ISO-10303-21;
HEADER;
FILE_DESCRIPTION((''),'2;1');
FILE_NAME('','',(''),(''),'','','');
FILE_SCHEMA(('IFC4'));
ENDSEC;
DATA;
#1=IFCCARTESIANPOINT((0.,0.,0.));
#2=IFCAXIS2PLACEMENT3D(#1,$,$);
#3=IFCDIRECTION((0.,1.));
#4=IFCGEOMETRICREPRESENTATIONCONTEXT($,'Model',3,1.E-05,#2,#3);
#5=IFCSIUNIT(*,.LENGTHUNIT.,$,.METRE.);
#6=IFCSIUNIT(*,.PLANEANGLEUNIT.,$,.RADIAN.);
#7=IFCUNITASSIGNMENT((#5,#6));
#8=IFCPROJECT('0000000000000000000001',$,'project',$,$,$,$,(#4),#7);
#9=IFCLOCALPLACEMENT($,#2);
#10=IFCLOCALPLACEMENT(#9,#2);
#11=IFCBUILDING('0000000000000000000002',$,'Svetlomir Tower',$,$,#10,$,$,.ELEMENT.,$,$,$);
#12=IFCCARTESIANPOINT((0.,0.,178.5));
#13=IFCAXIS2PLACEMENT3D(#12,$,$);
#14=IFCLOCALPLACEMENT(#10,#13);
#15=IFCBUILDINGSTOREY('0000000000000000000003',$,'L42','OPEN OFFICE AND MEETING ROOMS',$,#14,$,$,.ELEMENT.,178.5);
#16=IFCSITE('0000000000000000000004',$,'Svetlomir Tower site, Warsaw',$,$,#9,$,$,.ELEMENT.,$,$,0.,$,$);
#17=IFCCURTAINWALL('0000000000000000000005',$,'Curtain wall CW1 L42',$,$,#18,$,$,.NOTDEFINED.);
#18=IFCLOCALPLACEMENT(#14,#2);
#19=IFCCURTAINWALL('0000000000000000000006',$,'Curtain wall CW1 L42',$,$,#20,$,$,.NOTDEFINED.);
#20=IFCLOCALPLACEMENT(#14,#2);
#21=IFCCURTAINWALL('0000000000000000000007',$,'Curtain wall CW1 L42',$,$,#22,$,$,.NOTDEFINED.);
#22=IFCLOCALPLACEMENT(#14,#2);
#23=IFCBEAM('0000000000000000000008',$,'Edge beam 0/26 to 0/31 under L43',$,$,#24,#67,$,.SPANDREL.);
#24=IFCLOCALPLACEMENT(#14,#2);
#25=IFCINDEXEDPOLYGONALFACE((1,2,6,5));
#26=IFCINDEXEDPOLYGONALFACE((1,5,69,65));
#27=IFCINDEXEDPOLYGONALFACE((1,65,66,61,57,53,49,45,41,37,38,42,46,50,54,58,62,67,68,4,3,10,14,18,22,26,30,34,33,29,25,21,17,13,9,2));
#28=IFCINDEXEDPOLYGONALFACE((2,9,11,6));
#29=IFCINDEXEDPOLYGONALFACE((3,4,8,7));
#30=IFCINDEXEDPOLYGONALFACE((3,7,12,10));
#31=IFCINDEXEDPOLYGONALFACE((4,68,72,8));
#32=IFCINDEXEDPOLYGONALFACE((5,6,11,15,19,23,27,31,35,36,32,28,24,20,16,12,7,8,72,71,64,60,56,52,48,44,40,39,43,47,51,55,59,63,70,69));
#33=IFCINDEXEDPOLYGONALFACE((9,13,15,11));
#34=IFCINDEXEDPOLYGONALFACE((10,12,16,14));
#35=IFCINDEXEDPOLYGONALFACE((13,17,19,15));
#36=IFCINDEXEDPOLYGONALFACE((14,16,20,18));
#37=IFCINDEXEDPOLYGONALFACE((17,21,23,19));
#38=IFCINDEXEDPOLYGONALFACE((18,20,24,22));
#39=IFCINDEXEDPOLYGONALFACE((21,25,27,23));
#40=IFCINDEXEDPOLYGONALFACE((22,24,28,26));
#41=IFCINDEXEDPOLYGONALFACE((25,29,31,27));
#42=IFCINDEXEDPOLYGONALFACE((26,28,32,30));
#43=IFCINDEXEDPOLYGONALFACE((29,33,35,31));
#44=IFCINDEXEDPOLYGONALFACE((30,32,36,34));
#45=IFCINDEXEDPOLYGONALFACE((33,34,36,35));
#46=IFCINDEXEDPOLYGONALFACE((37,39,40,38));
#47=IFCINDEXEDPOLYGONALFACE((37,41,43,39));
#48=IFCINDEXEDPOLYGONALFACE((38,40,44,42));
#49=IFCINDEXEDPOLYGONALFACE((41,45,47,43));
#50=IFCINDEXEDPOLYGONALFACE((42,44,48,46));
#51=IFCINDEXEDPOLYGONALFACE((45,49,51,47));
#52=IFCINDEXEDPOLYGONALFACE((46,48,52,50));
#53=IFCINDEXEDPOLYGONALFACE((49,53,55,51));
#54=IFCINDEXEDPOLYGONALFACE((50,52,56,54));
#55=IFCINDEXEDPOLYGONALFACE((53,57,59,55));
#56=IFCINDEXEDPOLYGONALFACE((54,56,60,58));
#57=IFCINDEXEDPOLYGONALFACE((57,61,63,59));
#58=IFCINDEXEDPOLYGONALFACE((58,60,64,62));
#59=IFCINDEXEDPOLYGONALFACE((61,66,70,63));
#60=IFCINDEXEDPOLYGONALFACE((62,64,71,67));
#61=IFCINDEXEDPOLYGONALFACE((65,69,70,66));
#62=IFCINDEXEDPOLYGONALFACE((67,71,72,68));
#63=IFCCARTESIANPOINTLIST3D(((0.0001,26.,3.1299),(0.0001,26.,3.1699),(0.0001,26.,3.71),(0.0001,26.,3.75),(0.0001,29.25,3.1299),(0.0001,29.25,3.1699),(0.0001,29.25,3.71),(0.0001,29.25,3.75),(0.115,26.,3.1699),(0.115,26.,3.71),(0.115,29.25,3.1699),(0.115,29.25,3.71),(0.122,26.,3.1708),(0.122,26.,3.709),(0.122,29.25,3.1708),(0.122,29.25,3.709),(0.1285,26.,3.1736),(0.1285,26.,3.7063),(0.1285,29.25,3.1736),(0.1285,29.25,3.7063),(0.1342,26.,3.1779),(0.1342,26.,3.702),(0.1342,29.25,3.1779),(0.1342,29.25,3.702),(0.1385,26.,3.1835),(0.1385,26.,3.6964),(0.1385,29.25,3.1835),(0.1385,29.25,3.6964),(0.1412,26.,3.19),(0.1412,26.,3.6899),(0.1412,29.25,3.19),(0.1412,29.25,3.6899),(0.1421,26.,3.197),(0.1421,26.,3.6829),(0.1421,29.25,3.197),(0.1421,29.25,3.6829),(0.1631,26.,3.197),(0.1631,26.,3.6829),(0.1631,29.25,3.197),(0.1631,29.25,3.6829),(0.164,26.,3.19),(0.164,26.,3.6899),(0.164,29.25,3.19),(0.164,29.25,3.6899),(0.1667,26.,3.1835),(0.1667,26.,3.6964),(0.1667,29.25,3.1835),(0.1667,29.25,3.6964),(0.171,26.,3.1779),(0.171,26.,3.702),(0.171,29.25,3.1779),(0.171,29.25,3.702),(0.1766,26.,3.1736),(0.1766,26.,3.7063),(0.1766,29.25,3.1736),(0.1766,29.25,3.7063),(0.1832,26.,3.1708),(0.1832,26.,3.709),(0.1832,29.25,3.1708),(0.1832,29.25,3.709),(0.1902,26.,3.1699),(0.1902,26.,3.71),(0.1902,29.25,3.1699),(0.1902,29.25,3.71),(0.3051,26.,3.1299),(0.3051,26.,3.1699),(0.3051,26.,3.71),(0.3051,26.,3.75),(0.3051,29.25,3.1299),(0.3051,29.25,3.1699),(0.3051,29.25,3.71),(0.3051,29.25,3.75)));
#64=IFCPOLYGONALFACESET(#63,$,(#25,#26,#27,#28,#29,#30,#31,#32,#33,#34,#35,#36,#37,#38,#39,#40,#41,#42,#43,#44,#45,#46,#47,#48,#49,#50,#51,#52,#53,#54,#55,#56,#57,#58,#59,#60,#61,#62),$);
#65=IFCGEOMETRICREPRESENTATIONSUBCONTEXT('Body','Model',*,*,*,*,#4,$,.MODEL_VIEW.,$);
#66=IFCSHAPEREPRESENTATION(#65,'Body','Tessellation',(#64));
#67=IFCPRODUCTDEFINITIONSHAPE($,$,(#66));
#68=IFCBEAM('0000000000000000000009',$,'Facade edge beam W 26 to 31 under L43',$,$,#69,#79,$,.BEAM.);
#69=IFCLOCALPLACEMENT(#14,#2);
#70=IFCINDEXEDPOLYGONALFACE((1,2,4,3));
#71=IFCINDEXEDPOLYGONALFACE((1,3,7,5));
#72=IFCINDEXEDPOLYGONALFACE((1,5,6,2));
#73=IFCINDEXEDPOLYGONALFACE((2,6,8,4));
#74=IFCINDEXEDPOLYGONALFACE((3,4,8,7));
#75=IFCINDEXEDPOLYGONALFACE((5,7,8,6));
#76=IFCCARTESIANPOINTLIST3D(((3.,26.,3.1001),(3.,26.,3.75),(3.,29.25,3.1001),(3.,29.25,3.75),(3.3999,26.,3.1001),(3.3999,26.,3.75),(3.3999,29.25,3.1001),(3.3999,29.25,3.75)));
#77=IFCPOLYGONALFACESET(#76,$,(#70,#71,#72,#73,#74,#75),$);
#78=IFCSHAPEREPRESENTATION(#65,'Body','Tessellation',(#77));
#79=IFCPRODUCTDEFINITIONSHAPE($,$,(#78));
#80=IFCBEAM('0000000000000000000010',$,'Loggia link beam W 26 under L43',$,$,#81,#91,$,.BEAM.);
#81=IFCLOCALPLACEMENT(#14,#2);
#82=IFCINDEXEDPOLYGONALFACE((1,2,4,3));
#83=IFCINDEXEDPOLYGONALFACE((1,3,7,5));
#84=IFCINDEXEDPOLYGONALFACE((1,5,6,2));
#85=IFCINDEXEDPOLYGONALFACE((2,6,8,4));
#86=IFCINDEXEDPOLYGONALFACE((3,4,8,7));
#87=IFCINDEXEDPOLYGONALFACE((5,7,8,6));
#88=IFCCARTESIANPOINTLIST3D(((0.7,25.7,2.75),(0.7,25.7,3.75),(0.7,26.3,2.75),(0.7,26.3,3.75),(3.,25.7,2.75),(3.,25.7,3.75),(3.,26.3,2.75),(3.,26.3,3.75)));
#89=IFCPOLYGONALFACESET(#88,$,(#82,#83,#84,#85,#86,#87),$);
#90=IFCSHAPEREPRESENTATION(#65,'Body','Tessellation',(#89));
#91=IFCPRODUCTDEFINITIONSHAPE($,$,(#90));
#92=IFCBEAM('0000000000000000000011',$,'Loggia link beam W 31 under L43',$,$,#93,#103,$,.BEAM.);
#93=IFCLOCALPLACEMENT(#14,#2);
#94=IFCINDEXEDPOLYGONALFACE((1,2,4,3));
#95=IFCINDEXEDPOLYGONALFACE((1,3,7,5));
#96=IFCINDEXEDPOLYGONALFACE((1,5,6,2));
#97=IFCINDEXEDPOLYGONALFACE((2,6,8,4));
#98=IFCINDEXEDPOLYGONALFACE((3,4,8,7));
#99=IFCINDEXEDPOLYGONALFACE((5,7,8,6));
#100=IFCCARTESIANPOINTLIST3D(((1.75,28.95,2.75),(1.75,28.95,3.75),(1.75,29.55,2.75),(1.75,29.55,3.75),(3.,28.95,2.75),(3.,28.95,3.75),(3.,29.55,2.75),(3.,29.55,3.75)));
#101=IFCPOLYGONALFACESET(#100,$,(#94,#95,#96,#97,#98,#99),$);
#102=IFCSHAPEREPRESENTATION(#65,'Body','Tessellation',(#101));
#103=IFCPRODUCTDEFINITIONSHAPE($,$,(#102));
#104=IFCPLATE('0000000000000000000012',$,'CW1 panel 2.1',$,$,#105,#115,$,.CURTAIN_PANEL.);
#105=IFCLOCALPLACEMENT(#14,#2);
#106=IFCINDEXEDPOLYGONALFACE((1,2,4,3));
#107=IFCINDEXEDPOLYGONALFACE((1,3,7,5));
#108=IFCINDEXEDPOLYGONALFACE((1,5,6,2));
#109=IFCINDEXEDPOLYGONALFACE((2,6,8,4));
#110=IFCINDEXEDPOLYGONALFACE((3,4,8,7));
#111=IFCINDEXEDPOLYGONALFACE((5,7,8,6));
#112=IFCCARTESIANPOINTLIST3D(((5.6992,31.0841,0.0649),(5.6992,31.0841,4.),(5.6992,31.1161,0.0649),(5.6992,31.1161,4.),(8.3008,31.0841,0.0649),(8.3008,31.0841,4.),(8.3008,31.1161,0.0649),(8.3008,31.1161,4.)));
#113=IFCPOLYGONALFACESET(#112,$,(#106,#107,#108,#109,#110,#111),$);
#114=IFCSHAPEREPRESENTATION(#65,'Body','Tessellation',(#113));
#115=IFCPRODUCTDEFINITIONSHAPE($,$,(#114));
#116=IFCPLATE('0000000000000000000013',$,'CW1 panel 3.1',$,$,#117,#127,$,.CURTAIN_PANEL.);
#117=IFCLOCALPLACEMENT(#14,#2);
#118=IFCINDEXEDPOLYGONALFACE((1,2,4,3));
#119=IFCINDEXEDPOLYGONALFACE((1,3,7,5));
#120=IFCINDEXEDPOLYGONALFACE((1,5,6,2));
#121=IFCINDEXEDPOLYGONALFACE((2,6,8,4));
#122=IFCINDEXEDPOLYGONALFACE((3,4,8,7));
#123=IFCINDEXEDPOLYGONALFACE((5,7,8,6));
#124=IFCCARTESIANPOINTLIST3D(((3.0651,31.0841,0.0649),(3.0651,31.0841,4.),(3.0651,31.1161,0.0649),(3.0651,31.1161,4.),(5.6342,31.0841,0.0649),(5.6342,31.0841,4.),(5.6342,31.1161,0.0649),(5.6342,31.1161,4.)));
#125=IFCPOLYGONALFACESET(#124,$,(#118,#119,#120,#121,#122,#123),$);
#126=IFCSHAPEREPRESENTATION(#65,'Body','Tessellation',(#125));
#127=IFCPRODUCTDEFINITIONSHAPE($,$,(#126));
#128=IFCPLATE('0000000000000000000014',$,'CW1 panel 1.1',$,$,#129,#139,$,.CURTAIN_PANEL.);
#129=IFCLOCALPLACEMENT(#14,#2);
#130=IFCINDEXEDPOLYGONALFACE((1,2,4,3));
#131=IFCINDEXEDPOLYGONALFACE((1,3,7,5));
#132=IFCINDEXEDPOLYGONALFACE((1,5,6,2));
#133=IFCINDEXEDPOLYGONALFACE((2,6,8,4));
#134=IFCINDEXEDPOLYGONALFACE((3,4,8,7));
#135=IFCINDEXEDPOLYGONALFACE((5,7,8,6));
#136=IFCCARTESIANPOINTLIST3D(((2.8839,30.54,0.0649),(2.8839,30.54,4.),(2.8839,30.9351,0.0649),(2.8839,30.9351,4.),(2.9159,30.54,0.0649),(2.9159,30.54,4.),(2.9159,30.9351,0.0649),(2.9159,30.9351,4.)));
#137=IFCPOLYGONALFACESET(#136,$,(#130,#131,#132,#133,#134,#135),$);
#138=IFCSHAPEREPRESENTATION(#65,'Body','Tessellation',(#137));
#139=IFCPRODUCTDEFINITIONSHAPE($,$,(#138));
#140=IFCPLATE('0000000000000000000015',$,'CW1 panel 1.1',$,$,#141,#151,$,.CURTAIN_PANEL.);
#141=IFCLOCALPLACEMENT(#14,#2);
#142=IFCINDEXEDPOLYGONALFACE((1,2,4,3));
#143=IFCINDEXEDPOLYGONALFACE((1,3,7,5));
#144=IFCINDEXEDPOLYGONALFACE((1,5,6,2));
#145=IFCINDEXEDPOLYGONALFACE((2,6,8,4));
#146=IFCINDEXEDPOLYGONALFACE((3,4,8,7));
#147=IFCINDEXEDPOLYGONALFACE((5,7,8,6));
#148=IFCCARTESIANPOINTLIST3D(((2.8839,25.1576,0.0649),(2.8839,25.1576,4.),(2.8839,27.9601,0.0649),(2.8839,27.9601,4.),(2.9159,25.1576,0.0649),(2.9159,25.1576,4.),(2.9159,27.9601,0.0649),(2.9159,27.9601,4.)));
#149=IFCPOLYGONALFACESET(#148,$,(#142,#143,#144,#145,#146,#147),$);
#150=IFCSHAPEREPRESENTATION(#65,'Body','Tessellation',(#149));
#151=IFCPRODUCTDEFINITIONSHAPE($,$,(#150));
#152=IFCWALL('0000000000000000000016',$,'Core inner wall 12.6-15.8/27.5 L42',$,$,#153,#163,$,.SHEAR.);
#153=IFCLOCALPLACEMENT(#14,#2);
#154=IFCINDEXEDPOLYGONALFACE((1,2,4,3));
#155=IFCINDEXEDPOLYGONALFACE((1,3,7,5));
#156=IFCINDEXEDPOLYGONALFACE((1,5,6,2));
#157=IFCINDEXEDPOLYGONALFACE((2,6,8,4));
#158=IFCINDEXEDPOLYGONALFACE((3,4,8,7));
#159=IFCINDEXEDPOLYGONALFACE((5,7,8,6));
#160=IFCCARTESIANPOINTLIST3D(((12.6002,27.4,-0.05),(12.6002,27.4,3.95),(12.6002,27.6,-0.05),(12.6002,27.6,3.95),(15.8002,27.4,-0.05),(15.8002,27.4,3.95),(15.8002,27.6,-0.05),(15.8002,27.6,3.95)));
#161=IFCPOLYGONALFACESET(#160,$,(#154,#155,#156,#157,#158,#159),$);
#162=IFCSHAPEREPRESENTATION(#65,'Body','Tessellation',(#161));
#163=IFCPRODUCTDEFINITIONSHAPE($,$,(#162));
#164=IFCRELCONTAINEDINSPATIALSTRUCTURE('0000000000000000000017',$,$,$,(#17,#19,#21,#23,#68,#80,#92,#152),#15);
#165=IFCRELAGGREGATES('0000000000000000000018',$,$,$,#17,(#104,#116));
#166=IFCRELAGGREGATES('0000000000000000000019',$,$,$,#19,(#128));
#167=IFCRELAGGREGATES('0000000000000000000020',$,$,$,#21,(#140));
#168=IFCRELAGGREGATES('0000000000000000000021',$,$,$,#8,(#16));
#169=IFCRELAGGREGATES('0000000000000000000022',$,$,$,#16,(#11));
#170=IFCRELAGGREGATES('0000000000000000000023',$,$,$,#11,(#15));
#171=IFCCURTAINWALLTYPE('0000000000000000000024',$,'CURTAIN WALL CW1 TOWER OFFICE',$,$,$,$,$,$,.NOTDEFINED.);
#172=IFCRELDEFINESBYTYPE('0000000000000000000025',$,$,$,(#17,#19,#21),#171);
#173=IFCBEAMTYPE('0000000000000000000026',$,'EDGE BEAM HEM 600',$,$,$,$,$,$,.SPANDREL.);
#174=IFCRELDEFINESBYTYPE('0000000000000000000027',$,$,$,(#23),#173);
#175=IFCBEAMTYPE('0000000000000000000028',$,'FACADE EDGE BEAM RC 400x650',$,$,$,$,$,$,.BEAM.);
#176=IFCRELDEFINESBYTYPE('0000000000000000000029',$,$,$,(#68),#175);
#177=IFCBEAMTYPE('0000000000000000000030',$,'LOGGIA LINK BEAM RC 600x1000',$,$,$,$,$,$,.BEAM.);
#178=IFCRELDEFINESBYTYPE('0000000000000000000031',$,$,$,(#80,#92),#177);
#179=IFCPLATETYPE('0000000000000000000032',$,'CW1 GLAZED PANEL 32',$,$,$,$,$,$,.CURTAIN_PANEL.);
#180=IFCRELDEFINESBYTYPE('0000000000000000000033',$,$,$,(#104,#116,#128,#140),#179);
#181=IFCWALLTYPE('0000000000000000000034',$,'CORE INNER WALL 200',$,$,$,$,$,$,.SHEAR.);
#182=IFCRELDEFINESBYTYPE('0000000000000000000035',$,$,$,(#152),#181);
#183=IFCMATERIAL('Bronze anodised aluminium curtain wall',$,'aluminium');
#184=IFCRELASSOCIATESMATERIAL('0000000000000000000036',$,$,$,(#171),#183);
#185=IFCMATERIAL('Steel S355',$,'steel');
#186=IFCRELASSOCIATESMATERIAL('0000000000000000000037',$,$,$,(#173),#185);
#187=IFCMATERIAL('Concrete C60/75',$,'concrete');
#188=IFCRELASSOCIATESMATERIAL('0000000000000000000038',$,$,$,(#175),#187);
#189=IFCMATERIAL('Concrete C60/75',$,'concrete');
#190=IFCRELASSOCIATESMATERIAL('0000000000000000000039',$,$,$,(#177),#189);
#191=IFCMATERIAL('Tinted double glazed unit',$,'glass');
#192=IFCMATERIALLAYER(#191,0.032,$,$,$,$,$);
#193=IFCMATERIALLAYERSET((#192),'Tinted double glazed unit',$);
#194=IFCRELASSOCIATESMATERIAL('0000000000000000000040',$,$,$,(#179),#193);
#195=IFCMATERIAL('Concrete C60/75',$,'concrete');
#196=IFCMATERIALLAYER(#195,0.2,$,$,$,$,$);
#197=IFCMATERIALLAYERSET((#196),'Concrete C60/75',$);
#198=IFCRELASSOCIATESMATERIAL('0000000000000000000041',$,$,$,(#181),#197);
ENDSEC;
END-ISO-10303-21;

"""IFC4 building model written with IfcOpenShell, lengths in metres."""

from ifc_helpers import new_model, si_unit, direction, frame, frame_2d, origin, origin_2d, place, context, subcontext, project, spatial, rectangle, i_section, extrude, material, layer, layer_set, material_profile, profile_set, type_object, element, aggregate, save


model = new_model("IFC4")

# Units and contexts
model_context = context("Model", 3, precision=1e-05, world=origin(), true_north=direction((0.0, 1.0)))
body_context = subcontext(model_context, "Body", "Model", "MODEL_VIEW")
ifc_project = project(units=[si_unit("LENGTHUNIT", "METRE"), si_unit("PLANEANGLEUNIT", "RADIAN")], contexts=[model_context])

# Site, building, storey
site_placement = place(None, origin())
site = spatial("IfcSite", under=ifc_project, at=site_placement, Name="Svetlomir Tower site, Warsaw", CompositionType="ELEMENT", RefElevation=0.0)
building_placement = place(site_placement, origin())
building = spatial("IfcBuilding", under=site, at=building_placement, Name="Svetlomir Tower", CompositionType="ELEMENT")
storey_placement = place(building_placement, frame((0.0, 0.0, 178.5)))
storey = spatial("IfcBuildingStorey", under=building, at=storey_placement, Name="L42", Description="OPEN OFFICE AND MEETING ROOMS", CompositionType="ELEMENT", Elevation=178.5)

# Shared definitions
ifc_material_1 = material(Name="Bronze anodised aluminium curtain wall", Category="aluminium")
curtain_wall_type = type_object("IfcCurtainWallType", Name="CURTAIN WALL CW1 TOWER OFFICE", PredefinedType="NOTDEFINED", material=ifc_material_1)

# Curtain walls
curtain_wall_1_placement = place(storey_placement, origin())
curtain_wall_1 = element("IfcCurtainWall", 1, at=curtain_wall_1_placement, inside=storey, type_object=curtain_wall_type, Name="Curtain wall CW1 L42", PredefinedType="NOTDEFINED")
curtain_wall_2_placement = place(storey_placement, origin())
curtain_wall_2 = element("IfcCurtainWall", 2, at=curtain_wall_2_placement, inside=storey, type_object=curtain_wall_type, Name="Curtain wall CW1 L42", PredefinedType="NOTDEFINED")
curtain_wall_3_placement = place(storey_placement, origin())
curtain_wall_3 = element("IfcCurtainWall", 3, at=curtain_wall_3_placement, inside=storey, type_object=curtain_wall_type, Name="Curtain wall CW1 L42", PredefinedType="NOTDEFINED")

# Beams
ifc_material_2 = material(Name="Steel S355", Category="steel")
ifc_material_profile_1 = material_profile(ifc_material_2, i_section(OverallWidth=0.3049, OverallDepth=0.6201, WebThickness=0.021, FlangeThickness=0.04, FilletRadius=0.0271, at=origin_2d()), Name="HEM 600")
ifc_profile_set_1 = profile_set([ifc_material_profile_1], Name="Steel S355")
beam_type_1 = type_object("IfcBeamType", Name="EDGE BEAM HEM 600", PredefinedType="SPANDREL", material=ifc_profile_set_1)
beam_1_placement = place(storey_placement, frame((0.1526, 26.0, 3.4399), z_axis=(0.0, 1.0, 0.0), x_axis=(-1.0, 0.0, 0.0)))
element("IfcBeam", 4, at=beam_1_placement, inside=storey, type_object=beam_type_1, Name="Edge beam 0/26 to 0/31 under L43", PredefinedType="SPANDREL", context=body_context, shape_type="SweptSolid", body=[
    extrude(i_section(OverallWidth=0.3049, OverallDepth=0.6201, WebThickness=0.021, FlangeThickness=0.04, FilletRadius=0.0271, at=origin_2d()), origin(), (0.0, 0.0, 1.0), 3.25),
])
ifc_material_3 = material(Name="Concrete C60/75", Category="concrete")
ifc_material_profile_2 = material_profile(ifc_material_3, rectangle(XDim=0.3999, YDim=0.6499, at=origin_2d()), Name="RC 400x650")
ifc_profile_set_2 = profile_set([ifc_material_profile_2], Name="Concrete C60/75")
beam_type_2 = type_object("IfcBeamType", Name="FACADE EDGE BEAM RC 400x650", PredefinedType="BEAM", material=ifc_profile_set_2)
beam_2_placement = place(storey_placement, frame((3.2, 26.0, 3.425), z_axis=(0.0, 1.0, 0.0), x_axis=(-1.0, 0.0, 0.0)))
element("IfcBeam", 5, at=beam_2_placement, inside=storey, type_object=beam_type_2, Name="Facade edge beam W 26 to 31 under L43", PredefinedType="BEAM", context=body_context, shape_type="SweptSolid", body=[
    extrude(rectangle(XDim=0.3999, YDim=0.6499, at=origin_2d()), origin(), (0.0, 0.0, 1.0), 3.25),
])
ifc_material_4 = material(Name="Concrete C60/75", Category="concrete")
ifc_material_profile_3 = material_profile(ifc_material_4, rectangle(XDim=0.6001, YDim=1.0, at=origin_2d()), Name="RC 600x1000")
ifc_profile_set_3 = profile_set([ifc_material_profile_3], Name="Concrete C60/75")
beam_type_3 = type_object("IfcBeamType", Name="LOGGIA LINK BEAM RC 600x1000", PredefinedType="BEAM", material=ifc_profile_set_3)
beam_3_placement = place(storey_placement, frame((0.7, 26.0, 3.25), z_axis=(1.0, 0.0, 0.0), x_axis=(0.0, 1.0, 0.0)))
element("IfcBeam", 6, at=beam_3_placement, inside=storey, type_object=beam_type_3, Name="Loggia link beam W 26 under L43", PredefinedType="BEAM", context=body_context, shape_type="SweptSolid", body=[
    extrude(rectangle(XDim=0.6001, YDim=1.0, at=origin_2d()), origin(), (0.0, 0.0, 1.0), 2.3),
])
beam_4_placement = place(storey_placement, frame((1.75, 29.25, 3.25), z_axis=(1.0, 0.0, 0.0), x_axis=(0.0, 1.0, 0.0)))
element("IfcBeam", 7, at=beam_4_placement, inside=storey, type_object=beam_type_3, Name="Loggia link beam W 31 under L43", PredefinedType="BEAM", context=body_context, shape_type="SweptSolid", body=[
    extrude(rectangle(XDim=0.6001, YDim=1.0, at=origin_2d()), origin(), (0.0, 0.0, 1.0), 1.25),
])

# Plates
ifc_material_5 = material(Name="Tinted double glazed unit", Category="glass")
ifc_layer_1 = layer(ifc_material_5, 0.032)
ifc_layer_set_1 = layer_set([ifc_layer_1], Name="Tinted double glazed unit")
plate_type = type_object("IfcPlateType", Name="CW1 GLAZED PANEL 32", PredefinedType="CURTAIN_PANEL", material=ifc_layer_set_1)
plate_1_placement = place(storey_placement, frame((7.0, 31.1001, 0.0649), z_axis=(0.0, 0.0, 1.0), x_axis=(-1.0, 0.0, 0.0)))
plate_1 = element("IfcPlate", 8, at=plate_1_placement, type_object=plate_type, Name="CW1 panel 2.1", PredefinedType="CURTAIN_PANEL", context=body_context, shape_type="SweptSolid", body=[
    extrude(rectangle(XDim=2.6016, YDim=0.032, at=origin_2d()), origin(), (0.0, 0.0, 1.0), 3.9351),
])
plate_2_placement = place(storey_placement, frame((4.3496, 31.1001, 0.0649), z_axis=(0.0, 0.0, 1.0), x_axis=(-1.0, 0.0, 0.0)))
plate_2 = element("IfcPlate", 9, at=plate_2_placement, type_object=plate_type, Name="CW1 panel 3.1", PredefinedType="CURTAIN_PANEL", context=body_context, shape_type="SweptSolid", body=[
    extrude(rectangle(XDim=2.5691, YDim=0.032, at=origin_2d()), origin(), (0.0, 0.0, 1.0), 3.9351),
])
aggregate(curtain_wall_1, [plate_1, plate_2])
plate_3_placement = place(storey_placement, frame((2.8999, 30.7375, 0.0649), z_axis=(0.0, 0.0, 1.0), x_axis=(0.0, -1.0, 0.0)))
plate_3 = element("IfcPlate", 10, at=plate_3_placement, type_object=plate_type, Name="CW1 panel 1.1", PredefinedType="CURTAIN_PANEL", context=body_context, shape_type="SweptSolid", body=[
    extrude(rectangle(XDim=0.395, YDim=0.032, at=origin_2d()), origin(), (0.0, 0.0, 1.0), 3.9351),
])
aggregate(curtain_wall_2, [plate_3])
plate_4_placement = place(storey_placement, frame((2.8999, 26.5588, 0.0649), z_axis=(0.0, 0.0, 1.0), x_axis=(0.0, -1.0, 0.0)))
plate_4 = element("IfcPlate", 11, at=plate_4_placement, type_object=plate_type, Name="CW1 panel 1.1", PredefinedType="CURTAIN_PANEL", context=body_context, shape_type="SweptSolid", body=[
    extrude(rectangle(XDim=2.8025, YDim=0.032, at=origin_2d()), origin(), (0.0, 0.0, 1.0), 3.9351),
])
aggregate(curtain_wall_3, [plate_4])

# Wall
ifc_material_6 = material(Name="Concrete C60/75", Category="concrete")
ifc_layer_2 = layer(ifc_material_6, 0.2)
ifc_layer_set_2 = layer_set([ifc_layer_2], Name="Concrete C60/75")
wall_type_1 = type_object("IfcWallType", Name="CORE INNER WALL 200", PredefinedType="SHEAR", material=ifc_layer_set_2)
wall_1_placement = place(storey_placement, frame((12.6001, 27.5, -0.05), z_axis=(0.0, 0.0, 1.0), x_axis=(1.0, 0.0, 0.0)))
element("IfcWall", 12, at=wall_1_placement, inside=storey, type_object=wall_type_1, Name="Core inner wall 12.6-15.8/27.5 L42", PredefinedType="SHEAR", context=body_context, shape_type="SweptSolid", body=[
    extrude(rectangle(XDim=3.2, YDim=0.2, at=frame_2d((1.6001, 0.0))), origin(), (0.0, 0.0, 1.0), 4.0),
])

save(model, "model.ifc")
